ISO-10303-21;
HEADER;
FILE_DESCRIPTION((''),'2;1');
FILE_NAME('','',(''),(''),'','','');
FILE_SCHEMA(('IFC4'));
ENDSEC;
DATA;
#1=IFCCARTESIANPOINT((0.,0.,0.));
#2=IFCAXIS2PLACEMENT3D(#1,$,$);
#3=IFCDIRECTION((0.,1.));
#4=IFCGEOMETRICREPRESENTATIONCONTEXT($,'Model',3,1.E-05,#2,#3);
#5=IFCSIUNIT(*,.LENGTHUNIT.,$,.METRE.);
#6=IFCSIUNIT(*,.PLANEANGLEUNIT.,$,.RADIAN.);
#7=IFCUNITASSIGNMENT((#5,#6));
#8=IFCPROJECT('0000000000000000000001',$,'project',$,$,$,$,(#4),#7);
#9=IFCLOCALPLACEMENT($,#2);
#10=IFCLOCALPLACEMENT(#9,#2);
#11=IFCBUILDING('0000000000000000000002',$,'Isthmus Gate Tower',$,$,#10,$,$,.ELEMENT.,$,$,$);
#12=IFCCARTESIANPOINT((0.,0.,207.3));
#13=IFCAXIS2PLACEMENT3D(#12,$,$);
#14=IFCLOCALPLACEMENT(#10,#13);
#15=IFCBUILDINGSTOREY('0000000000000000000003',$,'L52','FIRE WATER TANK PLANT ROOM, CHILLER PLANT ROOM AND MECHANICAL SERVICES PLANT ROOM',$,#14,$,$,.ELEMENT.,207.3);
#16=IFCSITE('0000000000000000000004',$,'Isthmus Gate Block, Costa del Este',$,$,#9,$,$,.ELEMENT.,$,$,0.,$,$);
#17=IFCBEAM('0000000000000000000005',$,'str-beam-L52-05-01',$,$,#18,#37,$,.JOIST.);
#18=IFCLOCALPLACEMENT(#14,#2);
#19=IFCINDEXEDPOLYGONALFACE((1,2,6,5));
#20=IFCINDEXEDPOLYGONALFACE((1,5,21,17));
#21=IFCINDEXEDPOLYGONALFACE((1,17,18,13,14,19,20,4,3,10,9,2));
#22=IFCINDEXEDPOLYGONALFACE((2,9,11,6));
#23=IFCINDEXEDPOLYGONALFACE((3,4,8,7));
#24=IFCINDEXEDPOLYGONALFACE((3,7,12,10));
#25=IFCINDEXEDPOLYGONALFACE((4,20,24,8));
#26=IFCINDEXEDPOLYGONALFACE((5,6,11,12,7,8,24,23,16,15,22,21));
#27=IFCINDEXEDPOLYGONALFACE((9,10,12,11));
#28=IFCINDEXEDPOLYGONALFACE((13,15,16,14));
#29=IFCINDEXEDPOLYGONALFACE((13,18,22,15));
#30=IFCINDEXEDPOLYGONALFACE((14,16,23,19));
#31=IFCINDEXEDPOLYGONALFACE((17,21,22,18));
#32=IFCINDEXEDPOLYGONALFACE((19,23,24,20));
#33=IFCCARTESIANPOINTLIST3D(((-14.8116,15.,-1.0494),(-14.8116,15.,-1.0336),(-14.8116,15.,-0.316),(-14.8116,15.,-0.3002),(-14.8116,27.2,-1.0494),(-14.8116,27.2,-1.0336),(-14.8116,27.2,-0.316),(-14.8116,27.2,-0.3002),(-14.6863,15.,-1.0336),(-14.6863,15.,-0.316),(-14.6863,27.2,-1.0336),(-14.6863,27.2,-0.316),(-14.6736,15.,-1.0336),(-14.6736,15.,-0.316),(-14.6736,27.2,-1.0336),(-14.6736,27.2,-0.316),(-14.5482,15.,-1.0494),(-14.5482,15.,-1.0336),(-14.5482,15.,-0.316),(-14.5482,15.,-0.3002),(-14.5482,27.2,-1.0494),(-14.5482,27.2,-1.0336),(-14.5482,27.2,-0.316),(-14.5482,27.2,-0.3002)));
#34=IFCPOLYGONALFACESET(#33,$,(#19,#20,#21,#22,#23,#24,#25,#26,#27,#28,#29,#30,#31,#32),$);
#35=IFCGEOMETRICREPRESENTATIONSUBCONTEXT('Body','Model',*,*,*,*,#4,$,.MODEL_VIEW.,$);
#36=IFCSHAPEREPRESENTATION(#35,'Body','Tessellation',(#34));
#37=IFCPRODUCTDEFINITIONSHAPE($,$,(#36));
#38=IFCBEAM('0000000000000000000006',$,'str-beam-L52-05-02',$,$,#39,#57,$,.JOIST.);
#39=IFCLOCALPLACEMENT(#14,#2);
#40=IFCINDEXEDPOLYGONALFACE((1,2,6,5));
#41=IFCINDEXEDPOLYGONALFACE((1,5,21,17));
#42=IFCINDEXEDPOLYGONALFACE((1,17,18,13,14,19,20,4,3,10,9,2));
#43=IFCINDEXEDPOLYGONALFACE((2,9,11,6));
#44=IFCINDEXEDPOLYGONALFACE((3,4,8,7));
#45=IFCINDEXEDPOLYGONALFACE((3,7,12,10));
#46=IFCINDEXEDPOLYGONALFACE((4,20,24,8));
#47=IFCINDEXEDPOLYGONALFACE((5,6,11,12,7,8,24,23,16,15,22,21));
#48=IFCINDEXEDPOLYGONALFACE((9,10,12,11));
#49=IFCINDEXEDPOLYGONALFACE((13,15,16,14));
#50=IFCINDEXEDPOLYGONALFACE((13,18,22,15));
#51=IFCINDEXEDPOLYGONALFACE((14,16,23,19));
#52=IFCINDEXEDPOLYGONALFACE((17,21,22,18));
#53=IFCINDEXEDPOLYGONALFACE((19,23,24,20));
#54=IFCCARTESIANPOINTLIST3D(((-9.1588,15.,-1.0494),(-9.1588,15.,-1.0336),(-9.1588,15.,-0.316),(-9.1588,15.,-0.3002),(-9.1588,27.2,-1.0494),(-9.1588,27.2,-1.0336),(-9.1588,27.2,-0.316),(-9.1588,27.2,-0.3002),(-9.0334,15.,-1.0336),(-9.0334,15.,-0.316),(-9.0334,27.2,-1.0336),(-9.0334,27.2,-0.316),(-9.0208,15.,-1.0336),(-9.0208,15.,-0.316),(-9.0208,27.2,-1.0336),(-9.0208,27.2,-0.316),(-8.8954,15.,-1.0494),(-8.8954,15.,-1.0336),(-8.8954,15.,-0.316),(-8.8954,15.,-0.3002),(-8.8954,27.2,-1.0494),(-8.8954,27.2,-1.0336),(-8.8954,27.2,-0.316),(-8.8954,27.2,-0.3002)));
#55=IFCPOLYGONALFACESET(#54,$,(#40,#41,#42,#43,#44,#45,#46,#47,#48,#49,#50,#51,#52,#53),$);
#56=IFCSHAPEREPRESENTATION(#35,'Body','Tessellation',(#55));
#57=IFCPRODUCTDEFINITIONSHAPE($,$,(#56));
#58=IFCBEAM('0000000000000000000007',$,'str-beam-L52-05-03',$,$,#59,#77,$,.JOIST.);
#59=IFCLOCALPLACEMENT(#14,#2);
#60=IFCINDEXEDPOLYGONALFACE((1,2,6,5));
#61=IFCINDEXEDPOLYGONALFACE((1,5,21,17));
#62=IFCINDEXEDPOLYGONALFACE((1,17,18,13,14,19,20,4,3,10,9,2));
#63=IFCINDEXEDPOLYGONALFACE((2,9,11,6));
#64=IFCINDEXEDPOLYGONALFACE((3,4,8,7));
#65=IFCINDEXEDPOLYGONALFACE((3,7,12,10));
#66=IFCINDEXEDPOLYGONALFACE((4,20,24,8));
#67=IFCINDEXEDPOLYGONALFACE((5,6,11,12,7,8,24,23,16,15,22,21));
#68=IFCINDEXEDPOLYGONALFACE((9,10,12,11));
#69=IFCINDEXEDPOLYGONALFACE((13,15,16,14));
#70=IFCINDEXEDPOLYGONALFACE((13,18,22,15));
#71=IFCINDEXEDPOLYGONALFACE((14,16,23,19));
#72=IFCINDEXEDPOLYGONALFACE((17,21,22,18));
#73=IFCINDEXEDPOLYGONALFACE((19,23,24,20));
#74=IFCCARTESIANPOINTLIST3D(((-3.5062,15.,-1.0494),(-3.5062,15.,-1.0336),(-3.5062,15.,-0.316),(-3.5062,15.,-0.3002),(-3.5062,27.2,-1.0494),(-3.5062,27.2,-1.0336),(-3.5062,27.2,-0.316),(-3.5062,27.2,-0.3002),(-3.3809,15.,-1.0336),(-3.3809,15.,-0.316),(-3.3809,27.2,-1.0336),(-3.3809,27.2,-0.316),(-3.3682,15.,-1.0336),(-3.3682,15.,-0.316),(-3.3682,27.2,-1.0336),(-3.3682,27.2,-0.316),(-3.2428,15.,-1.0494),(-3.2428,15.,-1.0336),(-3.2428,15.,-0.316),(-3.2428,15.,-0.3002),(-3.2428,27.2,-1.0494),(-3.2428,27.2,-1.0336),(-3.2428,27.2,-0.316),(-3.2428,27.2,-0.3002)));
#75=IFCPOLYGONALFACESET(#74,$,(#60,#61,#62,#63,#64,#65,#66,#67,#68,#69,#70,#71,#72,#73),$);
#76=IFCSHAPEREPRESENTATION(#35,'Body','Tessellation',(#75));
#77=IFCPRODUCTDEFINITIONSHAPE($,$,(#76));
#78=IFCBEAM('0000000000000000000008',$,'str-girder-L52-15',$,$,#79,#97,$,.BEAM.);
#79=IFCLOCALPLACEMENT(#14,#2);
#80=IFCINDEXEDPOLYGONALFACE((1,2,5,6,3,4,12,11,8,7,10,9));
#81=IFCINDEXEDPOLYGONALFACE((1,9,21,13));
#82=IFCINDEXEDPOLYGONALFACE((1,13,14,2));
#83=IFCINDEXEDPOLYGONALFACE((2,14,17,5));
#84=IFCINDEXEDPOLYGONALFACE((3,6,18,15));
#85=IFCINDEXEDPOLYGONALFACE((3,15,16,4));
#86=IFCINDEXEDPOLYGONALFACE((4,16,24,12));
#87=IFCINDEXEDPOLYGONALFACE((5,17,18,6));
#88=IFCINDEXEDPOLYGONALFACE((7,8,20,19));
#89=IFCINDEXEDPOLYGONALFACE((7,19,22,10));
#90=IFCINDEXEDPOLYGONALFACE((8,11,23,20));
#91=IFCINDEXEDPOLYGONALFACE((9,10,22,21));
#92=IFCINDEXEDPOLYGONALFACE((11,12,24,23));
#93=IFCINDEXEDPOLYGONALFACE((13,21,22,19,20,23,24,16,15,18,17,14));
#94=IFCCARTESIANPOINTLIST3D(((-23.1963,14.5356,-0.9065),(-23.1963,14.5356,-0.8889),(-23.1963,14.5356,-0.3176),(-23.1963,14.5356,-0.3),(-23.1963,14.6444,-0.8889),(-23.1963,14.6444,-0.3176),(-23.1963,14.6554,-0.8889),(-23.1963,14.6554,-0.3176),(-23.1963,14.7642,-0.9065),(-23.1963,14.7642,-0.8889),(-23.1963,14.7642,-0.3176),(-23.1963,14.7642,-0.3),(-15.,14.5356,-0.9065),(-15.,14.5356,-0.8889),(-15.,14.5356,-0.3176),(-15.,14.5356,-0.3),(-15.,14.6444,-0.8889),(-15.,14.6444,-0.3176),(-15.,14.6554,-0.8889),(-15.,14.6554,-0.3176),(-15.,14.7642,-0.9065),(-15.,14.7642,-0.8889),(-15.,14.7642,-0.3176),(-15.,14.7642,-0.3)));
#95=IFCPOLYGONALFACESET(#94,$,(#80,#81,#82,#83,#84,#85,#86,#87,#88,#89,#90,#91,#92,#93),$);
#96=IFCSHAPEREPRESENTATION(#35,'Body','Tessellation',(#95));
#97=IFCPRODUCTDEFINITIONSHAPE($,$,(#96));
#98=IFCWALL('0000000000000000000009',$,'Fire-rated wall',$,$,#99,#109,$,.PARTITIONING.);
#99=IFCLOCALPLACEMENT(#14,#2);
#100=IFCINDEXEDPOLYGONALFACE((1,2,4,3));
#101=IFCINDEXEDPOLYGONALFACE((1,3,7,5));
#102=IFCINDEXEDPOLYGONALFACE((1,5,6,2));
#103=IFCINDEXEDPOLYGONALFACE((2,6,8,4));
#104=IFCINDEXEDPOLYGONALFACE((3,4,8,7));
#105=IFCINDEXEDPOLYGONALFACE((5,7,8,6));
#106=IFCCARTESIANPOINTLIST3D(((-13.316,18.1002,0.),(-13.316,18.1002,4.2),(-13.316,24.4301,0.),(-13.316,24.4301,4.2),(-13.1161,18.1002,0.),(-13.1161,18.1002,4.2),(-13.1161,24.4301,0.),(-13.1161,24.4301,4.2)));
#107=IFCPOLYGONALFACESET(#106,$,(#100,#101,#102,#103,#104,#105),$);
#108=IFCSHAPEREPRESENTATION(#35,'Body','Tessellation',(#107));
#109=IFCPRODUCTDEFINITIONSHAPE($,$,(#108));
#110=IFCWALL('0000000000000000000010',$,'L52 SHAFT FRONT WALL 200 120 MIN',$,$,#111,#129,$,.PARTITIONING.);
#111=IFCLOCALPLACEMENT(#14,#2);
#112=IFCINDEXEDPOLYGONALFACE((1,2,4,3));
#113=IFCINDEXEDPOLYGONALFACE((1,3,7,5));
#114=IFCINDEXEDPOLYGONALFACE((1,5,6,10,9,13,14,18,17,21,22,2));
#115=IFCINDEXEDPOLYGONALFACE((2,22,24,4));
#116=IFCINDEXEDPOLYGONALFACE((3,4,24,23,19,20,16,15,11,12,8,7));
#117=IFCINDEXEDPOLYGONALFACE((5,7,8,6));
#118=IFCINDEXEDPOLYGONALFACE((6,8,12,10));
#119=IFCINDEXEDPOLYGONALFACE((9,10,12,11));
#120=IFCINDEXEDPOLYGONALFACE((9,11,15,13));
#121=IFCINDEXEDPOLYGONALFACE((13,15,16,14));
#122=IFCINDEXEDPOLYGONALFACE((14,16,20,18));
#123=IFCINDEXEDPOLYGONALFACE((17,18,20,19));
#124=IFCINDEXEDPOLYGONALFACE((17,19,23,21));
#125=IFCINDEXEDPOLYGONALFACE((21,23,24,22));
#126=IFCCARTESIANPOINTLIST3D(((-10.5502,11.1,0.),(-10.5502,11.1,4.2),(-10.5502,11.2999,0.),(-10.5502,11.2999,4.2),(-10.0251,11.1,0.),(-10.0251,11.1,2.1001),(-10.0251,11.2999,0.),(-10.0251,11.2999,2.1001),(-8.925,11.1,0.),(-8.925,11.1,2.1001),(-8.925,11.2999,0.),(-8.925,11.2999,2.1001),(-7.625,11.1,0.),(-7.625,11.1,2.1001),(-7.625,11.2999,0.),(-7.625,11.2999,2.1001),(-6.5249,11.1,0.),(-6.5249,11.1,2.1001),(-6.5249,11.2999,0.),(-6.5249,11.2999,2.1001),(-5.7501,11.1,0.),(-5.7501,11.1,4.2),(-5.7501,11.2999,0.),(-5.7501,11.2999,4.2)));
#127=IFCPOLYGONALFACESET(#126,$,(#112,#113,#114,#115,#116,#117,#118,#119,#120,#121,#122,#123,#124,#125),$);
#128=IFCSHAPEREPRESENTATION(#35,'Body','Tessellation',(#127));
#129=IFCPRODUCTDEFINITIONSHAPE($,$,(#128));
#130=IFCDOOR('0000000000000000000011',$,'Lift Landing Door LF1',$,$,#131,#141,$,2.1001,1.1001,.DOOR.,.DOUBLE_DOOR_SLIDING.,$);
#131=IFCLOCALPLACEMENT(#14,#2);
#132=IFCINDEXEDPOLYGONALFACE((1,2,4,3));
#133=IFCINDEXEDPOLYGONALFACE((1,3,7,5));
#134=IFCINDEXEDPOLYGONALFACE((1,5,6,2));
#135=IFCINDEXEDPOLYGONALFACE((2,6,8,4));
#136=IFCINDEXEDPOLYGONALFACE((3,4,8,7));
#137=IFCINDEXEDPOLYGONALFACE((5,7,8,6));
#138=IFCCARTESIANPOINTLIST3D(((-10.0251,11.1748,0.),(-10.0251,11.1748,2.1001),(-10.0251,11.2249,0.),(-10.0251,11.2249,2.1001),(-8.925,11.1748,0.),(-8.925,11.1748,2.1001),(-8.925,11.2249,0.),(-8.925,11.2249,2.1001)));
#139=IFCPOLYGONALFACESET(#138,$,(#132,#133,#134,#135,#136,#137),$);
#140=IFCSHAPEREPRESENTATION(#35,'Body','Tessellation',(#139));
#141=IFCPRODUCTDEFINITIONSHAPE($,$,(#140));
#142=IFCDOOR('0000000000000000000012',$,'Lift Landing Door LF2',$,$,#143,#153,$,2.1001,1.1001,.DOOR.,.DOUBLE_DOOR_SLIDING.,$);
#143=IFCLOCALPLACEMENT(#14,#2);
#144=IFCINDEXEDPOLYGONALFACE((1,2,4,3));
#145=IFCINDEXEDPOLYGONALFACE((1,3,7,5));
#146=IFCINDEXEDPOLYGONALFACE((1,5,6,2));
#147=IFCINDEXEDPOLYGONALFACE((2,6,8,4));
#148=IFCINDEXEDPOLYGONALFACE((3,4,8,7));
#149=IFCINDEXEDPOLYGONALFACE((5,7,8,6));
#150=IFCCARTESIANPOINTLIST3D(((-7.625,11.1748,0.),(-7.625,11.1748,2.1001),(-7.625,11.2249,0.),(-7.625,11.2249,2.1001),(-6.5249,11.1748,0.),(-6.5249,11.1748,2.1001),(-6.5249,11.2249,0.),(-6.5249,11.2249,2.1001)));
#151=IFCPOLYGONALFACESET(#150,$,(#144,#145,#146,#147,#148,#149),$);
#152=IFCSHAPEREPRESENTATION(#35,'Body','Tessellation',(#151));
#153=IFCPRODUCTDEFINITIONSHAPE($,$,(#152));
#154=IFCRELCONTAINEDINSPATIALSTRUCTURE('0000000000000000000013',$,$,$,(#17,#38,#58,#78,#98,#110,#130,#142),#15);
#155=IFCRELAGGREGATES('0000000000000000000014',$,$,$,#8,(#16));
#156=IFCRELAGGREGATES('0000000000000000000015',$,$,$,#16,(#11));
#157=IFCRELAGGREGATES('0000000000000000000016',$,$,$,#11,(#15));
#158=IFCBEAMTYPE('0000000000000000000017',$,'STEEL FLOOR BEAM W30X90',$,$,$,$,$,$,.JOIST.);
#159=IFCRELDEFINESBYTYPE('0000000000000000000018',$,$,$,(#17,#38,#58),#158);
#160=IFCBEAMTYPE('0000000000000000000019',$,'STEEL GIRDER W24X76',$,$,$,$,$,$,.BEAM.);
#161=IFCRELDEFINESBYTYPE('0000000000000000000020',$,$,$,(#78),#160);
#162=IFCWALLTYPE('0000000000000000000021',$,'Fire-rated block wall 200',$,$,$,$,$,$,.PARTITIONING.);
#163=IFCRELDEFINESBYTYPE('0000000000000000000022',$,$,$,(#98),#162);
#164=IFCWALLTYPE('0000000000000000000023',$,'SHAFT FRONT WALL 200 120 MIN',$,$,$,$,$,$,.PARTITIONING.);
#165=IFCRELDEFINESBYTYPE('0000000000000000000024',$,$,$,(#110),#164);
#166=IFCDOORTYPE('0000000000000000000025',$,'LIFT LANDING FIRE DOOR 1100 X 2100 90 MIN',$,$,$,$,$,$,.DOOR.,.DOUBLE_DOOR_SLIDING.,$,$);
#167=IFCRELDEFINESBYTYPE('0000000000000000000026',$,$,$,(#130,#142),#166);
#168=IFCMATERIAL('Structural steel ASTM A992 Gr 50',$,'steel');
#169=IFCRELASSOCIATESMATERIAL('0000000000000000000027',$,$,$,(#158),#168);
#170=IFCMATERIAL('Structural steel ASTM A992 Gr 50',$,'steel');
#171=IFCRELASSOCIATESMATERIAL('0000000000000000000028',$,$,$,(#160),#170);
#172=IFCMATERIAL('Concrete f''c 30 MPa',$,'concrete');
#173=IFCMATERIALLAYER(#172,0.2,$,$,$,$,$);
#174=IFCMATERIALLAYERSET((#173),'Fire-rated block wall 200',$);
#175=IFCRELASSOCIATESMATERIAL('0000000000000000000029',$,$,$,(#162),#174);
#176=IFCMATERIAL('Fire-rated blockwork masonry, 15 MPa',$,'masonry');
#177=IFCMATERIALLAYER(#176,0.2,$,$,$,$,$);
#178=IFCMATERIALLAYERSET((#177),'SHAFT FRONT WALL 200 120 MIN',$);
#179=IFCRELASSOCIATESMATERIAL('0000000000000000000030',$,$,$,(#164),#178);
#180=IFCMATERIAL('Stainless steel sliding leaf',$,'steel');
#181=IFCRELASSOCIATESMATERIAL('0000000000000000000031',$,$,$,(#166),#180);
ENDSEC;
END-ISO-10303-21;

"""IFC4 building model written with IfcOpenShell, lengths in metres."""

from ifc_helpers import new_model, si_unit, direction, frame, frame_2d, origin, origin_2d, place, context, subcontext, project, spatial, rectangle, i_section, extrude, material, layer, layer_set, material_profile, profile_set, type_object, element, fill, save


model = new_model("IFC4")

# Units and contexts
model_context = context("Model", 3, precision=1e-05, world=origin(), true_north=direction((0.0, 1.0)))
body_context = subcontext(model_context, "Body", "Model", "MODEL_VIEW")
ifc_project = project(units=[si_unit("LENGTHUNIT", "METRE"), si_unit("PLANEANGLEUNIT", "RADIAN")], contexts=[model_context])

# Site, building, storey
site_placement = place(None, origin())
site = spatial("IfcSite", under=ifc_project, at=site_placement, Name="Isthmus Gate Block, Costa del Este", CompositionType="ELEMENT", RefElevation=0.0)
building_placement = place(site_placement, origin())
building = spatial("IfcBuilding", under=site, at=building_placement, Name="Isthmus Gate Tower", CompositionType="ELEMENT")
storey_placement = place(building_placement, frame((0.0, 0.0, 207.3)))
storey = spatial("IfcBuildingStorey", under=building, at=storey_placement, Name="L52", Description="FIRE WATER TANK PLANT ROOM, CHILLER PLANT ROOM AND MECHANICAL SERVICES PLANT ROOM", CompositionType="ELEMENT", Elevation=207.3)

# Beams
ifc_material_1 = material(Name="Structural steel ASTM A992 Gr 50", Category="steel")
ifc_material_profile_1 = material_profile(ifc_material_1, i_section(OverallWidth=0.2634, OverallDepth=0.7493, WebThickness=0.0127, FlangeThickness=0.0159, at=origin_2d()), Name="W30X90")
ifc_profile_set_1 = profile_set([ifc_material_profile_1], Name="Structural steel ASTM A992 Gr 50")
beam_type_1 = type_object("IfcBeamType", Name="STEEL FLOOR BEAM W30X90", PredefinedType="JOIST", material=ifc_profile_set_1)
for number, where, z_axis, x_axis, name in (
    (1, (-14.6799, 15.0, -0.6748), (0.0, 1.0, 0.0), (-1.0, 0.0, 0.0), "str-beam-L52-05-01"),
    (2, (-9.0271, 15.0, -0.6748), (0.0, 1.0, 0.0), (-1.0, 0.0, 0.0), "str-beam-L52-05-02"),
    (3, (-3.3745, 15.0, -0.6748), (0.0, 1.0, 0.0), (-1.0, 0.0, 0.0), "str-beam-L52-05-03"),
):
    element("IfcBeam", number, at=place(storey_placement, frame(where, z_axis=z_axis, x_axis=x_axis)), inside=storey, type_object=beam_type_1, Name=name, PredefinedType="JOIST", context=body_context, shape_type="SweptSolid", body=[
        extrude(i_section(OverallWidth=0.2634, OverallDepth=0.7493, WebThickness=0.0127, FlangeThickness=0.0159, at=origin_2d()), origin(), (0.0, 0.0, 1.0), 12.2),
    ])
ifc_material_2 = material(Name="Structural steel ASTM A992 Gr 50", Category="steel")
ifc_material_profile_2 = material_profile(ifc_material_2, i_section(OverallWidth=0.2285, OverallDepth=0.6064, WebThickness=0.011, FlangeThickness=0.0176, at=origin_2d()), Name="W24X76")
ifc_profile_set_2 = profile_set([ifc_material_profile_2], Name="Structural steel ASTM A992 Gr 50")
beam_type_2 = type_object("IfcBeamType", Name="STEEL GIRDER W24X76", PredefinedType="BEAM", material=ifc_profile_set_2)
beam_placement = place(storey_placement, frame((-15.0, 14.6499, -0.6033), z_axis=(-1.0, 0.0, 0.0), x_axis=(0.0, -1.0, 0.0)))
element("IfcBeam", 4, at=beam_placement, inside=storey, type_object=beam_type_2, Name="str-girder-L52-15", PredefinedType="BEAM", context=body_context, shape_type="SweptSolid", body=[
    extrude(i_section(OverallWidth=0.2285, OverallDepth=0.6064, WebThickness=0.011, FlangeThickness=0.0176, at=origin_2d()), origin(), (0.0, 0.0, 1.0), 8.1963),
])

# Wall
ifc_material_3 = material(Name="Concrete f'c 30 MPa", Category="concrete")
ifc_layer_1 = layer(ifc_material_3, 0.2)
ifc_layer_set_1 = layer_set([ifc_layer_1], Name="Fire-rated block wall 200")
wall_type_1 = type_object("IfcWallType", Name="Fire-rated block wall 200", PredefinedType="PARTITIONING", material=ifc_layer_set_1)
wall_1_placement = place(storey_placement, frame((-13.2161, 18.1001, 0.0), z_axis=(0.0, 0.0, 1.0), x_axis=(0.0, 1.0, 0.0)))
element("IfcWall", 5, at=wall_1_placement, inside=storey, type_object=wall_type_1, Name="Fire-rated wall", PredefinedType="PARTITIONING", context=body_context, shape_type="SweptSolid", body=[
    extrude(rectangle(XDim=6.3298, YDim=0.2, at=frame_2d((3.165, 0.0))), origin(), (0.0, 0.0, 1.0), 4.2),
])

# Wall, openings, doors
ifc_material_4 = material(Name="Fire-rated blockwork masonry, 15 MPa", Category="masonry")
ifc_layer_2 = layer(ifc_material_4, 0.2)
ifc_layer_set_2 = layer_set([ifc_layer_2], Name="SHAFT FRONT WALL 200 120 MIN")
wall_type_2 = type_object("IfcWallType", Name="SHAFT FRONT WALL 200 120 MIN", PredefinedType="PARTITIONING", material=ifc_layer_set_2)
wall_2_placement = place(storey_placement, frame((-10.55, 11.2, 0.0), z_axis=(0.0, 0.0, 1.0), x_axis=(1.0, 0.0, 0.0)))
wall_2 = element("IfcWall", 6, at=wall_2_placement, inside=storey, type_object=wall_type_2, Name="L52 SHAFT FRONT WALL 200 120 MIN", PredefinedType="PARTITIONING", context=body_context, shape_type="SweptSolid", body=[
    extrude(rectangle(XDim=4.8, YDim=0.2, at=frame_2d((2.3999, 0.0))), origin(), (0.0, 0.0, 1.0), 4.2),
])
opening_1_placement = place(wall_2_placement, frame((0.5249, 0.0, 0.0)))
opening_1 = element("IfcOpeningElement", 7, at=opening_1_placement, cuts=wall_2, PredefinedType="OPENING", context=body_context, shape_type="SweptSolid", body=[
    extrude(rectangle(XDim=1.1001, YDim=2.1001, at=frame_2d((0.55, 1.05))), frame((0.0, 0.1099, 0.0), z_axis=(0.0, -1.0, 0.0), x_axis=(1.0, 0.0, 0.0)), (0.0, 0.0, 1.0), 0.22),
])
opening_2_placement = place(wall_2_placement, frame((2.925, 0.0, 0.0)))
opening_2 = element("IfcOpeningElement", 8, at=opening_2_placement, cuts=wall_2, PredefinedType="OPENING", context=body_context, shape_type="SweptSolid", body=[
    extrude(rectangle(XDim=1.1001, YDim=2.1001, at=frame_2d((0.55, 1.05))), frame((0.0, 0.1099, 0.0), z_axis=(0.0, -1.0, 0.0), x_axis=(1.0, 0.0, 0.0)), (0.0, 0.0, 1.0), 0.22),
])
ifc_material_5 = material(Name="Stainless steel sliding leaf", Category="steel")
door_type_1 = type_object("IfcDoorType", Name="LIFT LANDING FIRE DOOR 1100 X 2100 90 MIN", OperationType="DOUBLE_DOOR_SLIDING", PredefinedType="DOOR", material=ifc_material_5)
door_1_placement = place(opening_1_placement, origin())
door_1 = element("IfcDoor", 9, at=door_1_placement, inside=storey, type_object=door_type_1, Name="Lift Landing Door LF1", OperationType="DOUBLE_DOOR_SLIDING", OverallHeight=2.1001, OverallWidth=1.1001, PredefinedType="DOOR", context=body_context, shape_type="SweptSolid", body=[
    extrude(rectangle(XDim=1.1001, YDim=2.1001, at=frame_2d((0.55, 1.05))), frame((0.0, 0.0249, 0.0), z_axis=(0.0, -1.0, 0.0), x_axis=(1.0, 0.0, 0.0)), (0.0, 0.0, 1.0), 0.05),
])
fill(opening_1, door_1)
door_2_placement = place(opening_2_placement, origin())
door_2 = element("IfcDoor", 10, at=door_2_placement, inside=storey, type_object=door_type_1, Name="Lift Landing Door LF2", OperationType="DOUBLE_DOOR_SLIDING", OverallHeight=2.1001, OverallWidth=1.1001, PredefinedType="DOOR", context=body_context, shape_type="SweptSolid", body=[
    extrude(rectangle(XDim=1.1001, YDim=2.1001, at=frame_2d((0.55, 1.05))), frame((0.0, 0.0249, 0.0), z_axis=(0.0, -1.0, 0.0), x_axis=(1.0, 0.0, 0.0)), (0.0, 0.0, 1.0), 0.05),
])
fill(opening_2, door_2)

save(model, "model.ifc")
